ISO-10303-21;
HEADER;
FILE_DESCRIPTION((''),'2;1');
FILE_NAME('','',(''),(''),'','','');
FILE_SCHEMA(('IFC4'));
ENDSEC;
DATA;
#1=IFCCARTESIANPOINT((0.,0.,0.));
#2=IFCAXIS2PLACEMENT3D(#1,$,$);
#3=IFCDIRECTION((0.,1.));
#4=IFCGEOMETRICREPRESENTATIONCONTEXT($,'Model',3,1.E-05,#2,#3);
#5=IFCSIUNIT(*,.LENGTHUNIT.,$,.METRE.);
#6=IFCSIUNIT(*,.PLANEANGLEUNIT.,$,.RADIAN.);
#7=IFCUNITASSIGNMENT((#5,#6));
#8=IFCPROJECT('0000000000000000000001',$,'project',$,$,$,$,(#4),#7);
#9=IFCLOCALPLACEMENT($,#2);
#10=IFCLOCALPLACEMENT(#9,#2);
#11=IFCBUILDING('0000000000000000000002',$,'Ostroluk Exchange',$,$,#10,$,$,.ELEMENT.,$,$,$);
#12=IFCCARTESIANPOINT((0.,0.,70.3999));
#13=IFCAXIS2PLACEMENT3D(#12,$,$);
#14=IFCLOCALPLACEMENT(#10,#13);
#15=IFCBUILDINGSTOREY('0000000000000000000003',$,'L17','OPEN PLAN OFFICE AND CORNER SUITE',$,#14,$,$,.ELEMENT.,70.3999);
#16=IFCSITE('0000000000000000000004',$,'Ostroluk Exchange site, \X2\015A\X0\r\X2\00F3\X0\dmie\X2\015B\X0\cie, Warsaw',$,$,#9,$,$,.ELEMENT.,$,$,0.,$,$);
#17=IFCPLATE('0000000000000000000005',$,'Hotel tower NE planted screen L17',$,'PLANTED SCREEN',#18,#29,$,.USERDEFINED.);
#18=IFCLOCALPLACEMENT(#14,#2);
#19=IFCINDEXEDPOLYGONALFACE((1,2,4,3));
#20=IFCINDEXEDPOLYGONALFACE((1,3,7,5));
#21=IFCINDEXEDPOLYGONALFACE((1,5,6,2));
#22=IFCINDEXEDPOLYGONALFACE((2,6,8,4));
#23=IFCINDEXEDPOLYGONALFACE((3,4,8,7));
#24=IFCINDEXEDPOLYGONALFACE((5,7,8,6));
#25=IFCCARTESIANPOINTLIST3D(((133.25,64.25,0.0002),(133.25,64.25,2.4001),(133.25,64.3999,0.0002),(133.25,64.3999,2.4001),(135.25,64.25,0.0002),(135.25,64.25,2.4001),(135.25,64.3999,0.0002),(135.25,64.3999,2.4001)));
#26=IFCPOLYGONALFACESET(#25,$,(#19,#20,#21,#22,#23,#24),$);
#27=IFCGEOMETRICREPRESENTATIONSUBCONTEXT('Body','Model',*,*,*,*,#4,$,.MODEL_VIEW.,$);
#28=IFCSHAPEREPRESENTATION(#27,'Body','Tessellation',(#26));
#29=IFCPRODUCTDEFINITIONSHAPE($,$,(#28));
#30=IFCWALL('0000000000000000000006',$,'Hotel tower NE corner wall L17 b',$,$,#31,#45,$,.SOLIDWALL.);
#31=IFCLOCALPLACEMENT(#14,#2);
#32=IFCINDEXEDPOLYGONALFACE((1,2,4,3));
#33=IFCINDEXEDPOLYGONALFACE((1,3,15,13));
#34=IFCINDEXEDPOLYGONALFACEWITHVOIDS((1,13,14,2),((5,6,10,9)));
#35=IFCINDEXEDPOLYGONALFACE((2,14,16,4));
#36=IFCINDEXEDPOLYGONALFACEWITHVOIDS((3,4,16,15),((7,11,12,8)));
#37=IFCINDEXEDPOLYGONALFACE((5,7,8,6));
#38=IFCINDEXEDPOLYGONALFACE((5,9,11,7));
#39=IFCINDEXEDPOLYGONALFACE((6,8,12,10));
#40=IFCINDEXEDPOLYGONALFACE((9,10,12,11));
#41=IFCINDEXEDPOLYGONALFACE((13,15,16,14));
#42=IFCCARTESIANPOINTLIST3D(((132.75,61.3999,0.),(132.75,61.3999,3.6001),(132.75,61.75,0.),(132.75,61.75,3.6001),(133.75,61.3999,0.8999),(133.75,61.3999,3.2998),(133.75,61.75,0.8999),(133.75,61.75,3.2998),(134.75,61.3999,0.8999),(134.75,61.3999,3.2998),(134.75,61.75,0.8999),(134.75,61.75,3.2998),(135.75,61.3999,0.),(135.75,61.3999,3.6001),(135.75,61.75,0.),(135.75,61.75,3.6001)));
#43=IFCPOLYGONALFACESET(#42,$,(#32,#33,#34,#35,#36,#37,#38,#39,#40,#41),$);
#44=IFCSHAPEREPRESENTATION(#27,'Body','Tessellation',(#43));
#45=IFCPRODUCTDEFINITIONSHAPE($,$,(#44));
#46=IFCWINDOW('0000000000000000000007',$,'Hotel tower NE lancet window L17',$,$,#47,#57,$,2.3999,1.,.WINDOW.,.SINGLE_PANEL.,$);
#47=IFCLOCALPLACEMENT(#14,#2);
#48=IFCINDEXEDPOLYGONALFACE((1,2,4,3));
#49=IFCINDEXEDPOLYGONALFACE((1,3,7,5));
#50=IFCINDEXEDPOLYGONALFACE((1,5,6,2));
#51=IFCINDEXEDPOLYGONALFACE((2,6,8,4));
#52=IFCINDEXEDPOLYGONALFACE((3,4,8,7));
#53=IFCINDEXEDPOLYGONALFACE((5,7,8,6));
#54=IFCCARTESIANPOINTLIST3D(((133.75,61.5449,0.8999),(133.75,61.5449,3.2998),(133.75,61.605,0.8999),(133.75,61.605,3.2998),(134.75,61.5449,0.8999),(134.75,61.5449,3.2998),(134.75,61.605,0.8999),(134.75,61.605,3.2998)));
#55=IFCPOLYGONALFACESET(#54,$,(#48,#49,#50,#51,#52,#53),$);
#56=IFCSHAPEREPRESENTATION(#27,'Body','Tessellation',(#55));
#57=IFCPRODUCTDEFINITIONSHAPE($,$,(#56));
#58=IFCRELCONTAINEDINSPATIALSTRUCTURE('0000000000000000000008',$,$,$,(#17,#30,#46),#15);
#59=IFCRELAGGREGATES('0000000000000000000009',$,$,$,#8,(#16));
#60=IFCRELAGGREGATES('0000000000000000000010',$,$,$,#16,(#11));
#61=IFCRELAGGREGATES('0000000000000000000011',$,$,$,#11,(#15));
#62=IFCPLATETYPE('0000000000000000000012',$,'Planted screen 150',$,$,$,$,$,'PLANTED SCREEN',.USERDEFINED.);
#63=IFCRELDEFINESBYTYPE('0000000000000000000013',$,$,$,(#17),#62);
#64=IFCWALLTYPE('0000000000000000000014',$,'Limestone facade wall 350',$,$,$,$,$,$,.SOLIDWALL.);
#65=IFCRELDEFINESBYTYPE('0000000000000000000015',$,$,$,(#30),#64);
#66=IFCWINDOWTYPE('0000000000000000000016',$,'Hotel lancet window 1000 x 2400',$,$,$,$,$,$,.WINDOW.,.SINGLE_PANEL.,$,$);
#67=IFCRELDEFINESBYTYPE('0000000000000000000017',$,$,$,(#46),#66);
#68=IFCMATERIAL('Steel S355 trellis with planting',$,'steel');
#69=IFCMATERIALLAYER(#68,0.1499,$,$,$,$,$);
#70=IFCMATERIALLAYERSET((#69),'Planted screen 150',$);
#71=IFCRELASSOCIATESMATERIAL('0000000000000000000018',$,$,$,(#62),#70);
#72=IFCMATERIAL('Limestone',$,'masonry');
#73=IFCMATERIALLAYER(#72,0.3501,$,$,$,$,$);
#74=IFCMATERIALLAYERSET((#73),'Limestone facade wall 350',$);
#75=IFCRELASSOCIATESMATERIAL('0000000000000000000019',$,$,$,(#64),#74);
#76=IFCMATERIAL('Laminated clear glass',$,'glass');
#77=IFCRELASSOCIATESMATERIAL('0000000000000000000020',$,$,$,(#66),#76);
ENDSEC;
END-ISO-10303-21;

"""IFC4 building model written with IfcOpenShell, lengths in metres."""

from ifc_helpers import new_model, si_unit, direction, frame, frame_2d, origin, origin_2d, place, context, subcontext, project, spatial, rectangle, extrude, material, layer, layer_set, type_object, element, fill, save


model = new_model("IFC4")

# Units and contexts
model_context = context("Model", 3, precision=1e-05, world=origin(), true_north=direction((0.0, 1.0)))
body_context = subcontext(model_context, "Body", "Model", "MODEL_VIEW")
ifc_project = project(units=[si_unit("LENGTHUNIT", "METRE"), si_unit("PLANEANGLEUNIT", "RADIAN")], contexts=[model_context])

# Site, building, storey
site_placement = place(None, origin())
site = spatial("IfcSite", under=ifc_project, at=site_placement, Name="Ostroluk Exchange site, Śródmieście, Warsaw", CompositionType="ELEMENT", RefElevation=0.0)
building_placement = place(site_placement, origin())
building = spatial("IfcBuilding", under=site, at=building_placement, Name="Ostroluk Exchange", CompositionType="ELEMENT")
storey_placement = place(building_placement, frame((0.0, 0.0, 70.3999)))
storey = spatial("IfcBuildingStorey", under=building, at=storey_placement, Name="L17", Description="OPEN PLAN OFFICE AND CORNER SUITE", CompositionType="ELEMENT", Elevation=70.3999)

# Plate
ifc_material_1 = material(Name="Steel S355 trellis with planting", Category="steel")
ifc_layer_1 = layer(ifc_material_1, 0.1499)
ifc_layer_set_1 = layer_set([ifc_layer_1], Name="Planted screen 150")
plate_type_1 = type_object("IfcPlateType", Name="Planted screen 150", ElementType="PLANTED SCREEN", PredefinedType="USERDEFINED", material=ifc_layer_set_1)
plate_1_placement = place(storey_placement, frame((134.25, 64.325, 0.0002), z_axis=(0.0, 0.0, 1.0), x_axis=(1.0, 0.0, 0.0)))
element("IfcPlate", 1, at=plate_1_placement, inside=storey, type_object=plate_type_1, Name="Hotel tower NE planted screen L17", ObjectType="PLANTED SCREEN", PredefinedType="USERDEFINED", context=body_context, shape_type="SweptSolid", body=[
    extrude(rectangle(XDim=2.0, YDim=0.1499, at=origin_2d()), origin(), (0.0, 0.0, 1.0), 2.3999),
])

# Shared definitions
ifc_material_2 = material(Name="Limestone", Category="masonry")
ifc_layer_2 = layer(ifc_material_2, 0.3501)
ifc_layer_set_2 = layer_set([ifc_layer_2], Name="Limestone facade wall 350")
wall_type = type_object("IfcWallType", Name="Limestone facade wall 350", PredefinedType="SOLIDWALL", material=ifc_layer_set_2)

# Wall, opening, window
wall_1_placement = place(storey_placement, frame((132.75, 61.575, 0.0), z_axis=(0.0, 0.0, 1.0), x_axis=(1.0, 0.0, 0.0)))
wall_1 = element("IfcWall", 2, at=wall_1_placement, inside=storey, type_object=wall_type, Name="Hotel tower NE corner wall L17 b", PredefinedType="SOLIDWALL", context=body_context, shape_type="SweptSolid", body=[
    extrude(rectangle(XDim=3.0, YDim=0.3501, at=frame_2d((1.5, 0.0))), origin(), (0.0, 0.0, 1.0), 3.6001),
])
opening_1_placement = place(wall_1_placement, frame((1.0, 0.0, 0.8999)))
opening_1 = element("IfcOpeningElement", 3, at=opening_1_placement, cuts=wall_1, PredefinedType="OPENING", context=body_context, shape_type="SweptSolid", body=[
    extrude(rectangle(XDim=1.0, YDim=2.3999, at=frame_2d((0.5, 1.2))), frame((0.0, 0.1851, 0.0), z_axis=(0.0, -1.0, 0.0), x_axis=(1.0, 0.0, 0.0)), (0.0, 0.0, 1.0), 0.3701),
])
ifc_material_3 = material(Name="Laminated clear glass", Category="glass")
window_type = type_object("IfcWindowType", Name="Hotel lancet window 1000 x 2400", PartitioningType="SINGLE_PANEL", PredefinedType="WINDOW", material=ifc_material_3)
window_placement = place(opening_1_placement, origin())
window = element("IfcWindow", 4, at=window_placement, inside=storey, type_object=window_type, Name="Hotel tower NE lancet window L17", OverallHeight=2.3999, OverallWidth=1.0, PartitioningType="SINGLE_PANEL", PredefinedType="WINDOW", context=body_context, shape_type="SweptSolid", body=[
    extrude(rectangle(XDim=1.0, YDim=2.3999, at=frame_2d((0.5, 1.2))), frame((0.0, 0.03, 0.0), z_axis=(0.0, -1.0, 0.0), x_axis=(1.0, 0.0, 0.0)), (0.0, 0.0, 1.0), 0.0601),
])
fill(opening_1, window)

save(model, "model.ifc")
